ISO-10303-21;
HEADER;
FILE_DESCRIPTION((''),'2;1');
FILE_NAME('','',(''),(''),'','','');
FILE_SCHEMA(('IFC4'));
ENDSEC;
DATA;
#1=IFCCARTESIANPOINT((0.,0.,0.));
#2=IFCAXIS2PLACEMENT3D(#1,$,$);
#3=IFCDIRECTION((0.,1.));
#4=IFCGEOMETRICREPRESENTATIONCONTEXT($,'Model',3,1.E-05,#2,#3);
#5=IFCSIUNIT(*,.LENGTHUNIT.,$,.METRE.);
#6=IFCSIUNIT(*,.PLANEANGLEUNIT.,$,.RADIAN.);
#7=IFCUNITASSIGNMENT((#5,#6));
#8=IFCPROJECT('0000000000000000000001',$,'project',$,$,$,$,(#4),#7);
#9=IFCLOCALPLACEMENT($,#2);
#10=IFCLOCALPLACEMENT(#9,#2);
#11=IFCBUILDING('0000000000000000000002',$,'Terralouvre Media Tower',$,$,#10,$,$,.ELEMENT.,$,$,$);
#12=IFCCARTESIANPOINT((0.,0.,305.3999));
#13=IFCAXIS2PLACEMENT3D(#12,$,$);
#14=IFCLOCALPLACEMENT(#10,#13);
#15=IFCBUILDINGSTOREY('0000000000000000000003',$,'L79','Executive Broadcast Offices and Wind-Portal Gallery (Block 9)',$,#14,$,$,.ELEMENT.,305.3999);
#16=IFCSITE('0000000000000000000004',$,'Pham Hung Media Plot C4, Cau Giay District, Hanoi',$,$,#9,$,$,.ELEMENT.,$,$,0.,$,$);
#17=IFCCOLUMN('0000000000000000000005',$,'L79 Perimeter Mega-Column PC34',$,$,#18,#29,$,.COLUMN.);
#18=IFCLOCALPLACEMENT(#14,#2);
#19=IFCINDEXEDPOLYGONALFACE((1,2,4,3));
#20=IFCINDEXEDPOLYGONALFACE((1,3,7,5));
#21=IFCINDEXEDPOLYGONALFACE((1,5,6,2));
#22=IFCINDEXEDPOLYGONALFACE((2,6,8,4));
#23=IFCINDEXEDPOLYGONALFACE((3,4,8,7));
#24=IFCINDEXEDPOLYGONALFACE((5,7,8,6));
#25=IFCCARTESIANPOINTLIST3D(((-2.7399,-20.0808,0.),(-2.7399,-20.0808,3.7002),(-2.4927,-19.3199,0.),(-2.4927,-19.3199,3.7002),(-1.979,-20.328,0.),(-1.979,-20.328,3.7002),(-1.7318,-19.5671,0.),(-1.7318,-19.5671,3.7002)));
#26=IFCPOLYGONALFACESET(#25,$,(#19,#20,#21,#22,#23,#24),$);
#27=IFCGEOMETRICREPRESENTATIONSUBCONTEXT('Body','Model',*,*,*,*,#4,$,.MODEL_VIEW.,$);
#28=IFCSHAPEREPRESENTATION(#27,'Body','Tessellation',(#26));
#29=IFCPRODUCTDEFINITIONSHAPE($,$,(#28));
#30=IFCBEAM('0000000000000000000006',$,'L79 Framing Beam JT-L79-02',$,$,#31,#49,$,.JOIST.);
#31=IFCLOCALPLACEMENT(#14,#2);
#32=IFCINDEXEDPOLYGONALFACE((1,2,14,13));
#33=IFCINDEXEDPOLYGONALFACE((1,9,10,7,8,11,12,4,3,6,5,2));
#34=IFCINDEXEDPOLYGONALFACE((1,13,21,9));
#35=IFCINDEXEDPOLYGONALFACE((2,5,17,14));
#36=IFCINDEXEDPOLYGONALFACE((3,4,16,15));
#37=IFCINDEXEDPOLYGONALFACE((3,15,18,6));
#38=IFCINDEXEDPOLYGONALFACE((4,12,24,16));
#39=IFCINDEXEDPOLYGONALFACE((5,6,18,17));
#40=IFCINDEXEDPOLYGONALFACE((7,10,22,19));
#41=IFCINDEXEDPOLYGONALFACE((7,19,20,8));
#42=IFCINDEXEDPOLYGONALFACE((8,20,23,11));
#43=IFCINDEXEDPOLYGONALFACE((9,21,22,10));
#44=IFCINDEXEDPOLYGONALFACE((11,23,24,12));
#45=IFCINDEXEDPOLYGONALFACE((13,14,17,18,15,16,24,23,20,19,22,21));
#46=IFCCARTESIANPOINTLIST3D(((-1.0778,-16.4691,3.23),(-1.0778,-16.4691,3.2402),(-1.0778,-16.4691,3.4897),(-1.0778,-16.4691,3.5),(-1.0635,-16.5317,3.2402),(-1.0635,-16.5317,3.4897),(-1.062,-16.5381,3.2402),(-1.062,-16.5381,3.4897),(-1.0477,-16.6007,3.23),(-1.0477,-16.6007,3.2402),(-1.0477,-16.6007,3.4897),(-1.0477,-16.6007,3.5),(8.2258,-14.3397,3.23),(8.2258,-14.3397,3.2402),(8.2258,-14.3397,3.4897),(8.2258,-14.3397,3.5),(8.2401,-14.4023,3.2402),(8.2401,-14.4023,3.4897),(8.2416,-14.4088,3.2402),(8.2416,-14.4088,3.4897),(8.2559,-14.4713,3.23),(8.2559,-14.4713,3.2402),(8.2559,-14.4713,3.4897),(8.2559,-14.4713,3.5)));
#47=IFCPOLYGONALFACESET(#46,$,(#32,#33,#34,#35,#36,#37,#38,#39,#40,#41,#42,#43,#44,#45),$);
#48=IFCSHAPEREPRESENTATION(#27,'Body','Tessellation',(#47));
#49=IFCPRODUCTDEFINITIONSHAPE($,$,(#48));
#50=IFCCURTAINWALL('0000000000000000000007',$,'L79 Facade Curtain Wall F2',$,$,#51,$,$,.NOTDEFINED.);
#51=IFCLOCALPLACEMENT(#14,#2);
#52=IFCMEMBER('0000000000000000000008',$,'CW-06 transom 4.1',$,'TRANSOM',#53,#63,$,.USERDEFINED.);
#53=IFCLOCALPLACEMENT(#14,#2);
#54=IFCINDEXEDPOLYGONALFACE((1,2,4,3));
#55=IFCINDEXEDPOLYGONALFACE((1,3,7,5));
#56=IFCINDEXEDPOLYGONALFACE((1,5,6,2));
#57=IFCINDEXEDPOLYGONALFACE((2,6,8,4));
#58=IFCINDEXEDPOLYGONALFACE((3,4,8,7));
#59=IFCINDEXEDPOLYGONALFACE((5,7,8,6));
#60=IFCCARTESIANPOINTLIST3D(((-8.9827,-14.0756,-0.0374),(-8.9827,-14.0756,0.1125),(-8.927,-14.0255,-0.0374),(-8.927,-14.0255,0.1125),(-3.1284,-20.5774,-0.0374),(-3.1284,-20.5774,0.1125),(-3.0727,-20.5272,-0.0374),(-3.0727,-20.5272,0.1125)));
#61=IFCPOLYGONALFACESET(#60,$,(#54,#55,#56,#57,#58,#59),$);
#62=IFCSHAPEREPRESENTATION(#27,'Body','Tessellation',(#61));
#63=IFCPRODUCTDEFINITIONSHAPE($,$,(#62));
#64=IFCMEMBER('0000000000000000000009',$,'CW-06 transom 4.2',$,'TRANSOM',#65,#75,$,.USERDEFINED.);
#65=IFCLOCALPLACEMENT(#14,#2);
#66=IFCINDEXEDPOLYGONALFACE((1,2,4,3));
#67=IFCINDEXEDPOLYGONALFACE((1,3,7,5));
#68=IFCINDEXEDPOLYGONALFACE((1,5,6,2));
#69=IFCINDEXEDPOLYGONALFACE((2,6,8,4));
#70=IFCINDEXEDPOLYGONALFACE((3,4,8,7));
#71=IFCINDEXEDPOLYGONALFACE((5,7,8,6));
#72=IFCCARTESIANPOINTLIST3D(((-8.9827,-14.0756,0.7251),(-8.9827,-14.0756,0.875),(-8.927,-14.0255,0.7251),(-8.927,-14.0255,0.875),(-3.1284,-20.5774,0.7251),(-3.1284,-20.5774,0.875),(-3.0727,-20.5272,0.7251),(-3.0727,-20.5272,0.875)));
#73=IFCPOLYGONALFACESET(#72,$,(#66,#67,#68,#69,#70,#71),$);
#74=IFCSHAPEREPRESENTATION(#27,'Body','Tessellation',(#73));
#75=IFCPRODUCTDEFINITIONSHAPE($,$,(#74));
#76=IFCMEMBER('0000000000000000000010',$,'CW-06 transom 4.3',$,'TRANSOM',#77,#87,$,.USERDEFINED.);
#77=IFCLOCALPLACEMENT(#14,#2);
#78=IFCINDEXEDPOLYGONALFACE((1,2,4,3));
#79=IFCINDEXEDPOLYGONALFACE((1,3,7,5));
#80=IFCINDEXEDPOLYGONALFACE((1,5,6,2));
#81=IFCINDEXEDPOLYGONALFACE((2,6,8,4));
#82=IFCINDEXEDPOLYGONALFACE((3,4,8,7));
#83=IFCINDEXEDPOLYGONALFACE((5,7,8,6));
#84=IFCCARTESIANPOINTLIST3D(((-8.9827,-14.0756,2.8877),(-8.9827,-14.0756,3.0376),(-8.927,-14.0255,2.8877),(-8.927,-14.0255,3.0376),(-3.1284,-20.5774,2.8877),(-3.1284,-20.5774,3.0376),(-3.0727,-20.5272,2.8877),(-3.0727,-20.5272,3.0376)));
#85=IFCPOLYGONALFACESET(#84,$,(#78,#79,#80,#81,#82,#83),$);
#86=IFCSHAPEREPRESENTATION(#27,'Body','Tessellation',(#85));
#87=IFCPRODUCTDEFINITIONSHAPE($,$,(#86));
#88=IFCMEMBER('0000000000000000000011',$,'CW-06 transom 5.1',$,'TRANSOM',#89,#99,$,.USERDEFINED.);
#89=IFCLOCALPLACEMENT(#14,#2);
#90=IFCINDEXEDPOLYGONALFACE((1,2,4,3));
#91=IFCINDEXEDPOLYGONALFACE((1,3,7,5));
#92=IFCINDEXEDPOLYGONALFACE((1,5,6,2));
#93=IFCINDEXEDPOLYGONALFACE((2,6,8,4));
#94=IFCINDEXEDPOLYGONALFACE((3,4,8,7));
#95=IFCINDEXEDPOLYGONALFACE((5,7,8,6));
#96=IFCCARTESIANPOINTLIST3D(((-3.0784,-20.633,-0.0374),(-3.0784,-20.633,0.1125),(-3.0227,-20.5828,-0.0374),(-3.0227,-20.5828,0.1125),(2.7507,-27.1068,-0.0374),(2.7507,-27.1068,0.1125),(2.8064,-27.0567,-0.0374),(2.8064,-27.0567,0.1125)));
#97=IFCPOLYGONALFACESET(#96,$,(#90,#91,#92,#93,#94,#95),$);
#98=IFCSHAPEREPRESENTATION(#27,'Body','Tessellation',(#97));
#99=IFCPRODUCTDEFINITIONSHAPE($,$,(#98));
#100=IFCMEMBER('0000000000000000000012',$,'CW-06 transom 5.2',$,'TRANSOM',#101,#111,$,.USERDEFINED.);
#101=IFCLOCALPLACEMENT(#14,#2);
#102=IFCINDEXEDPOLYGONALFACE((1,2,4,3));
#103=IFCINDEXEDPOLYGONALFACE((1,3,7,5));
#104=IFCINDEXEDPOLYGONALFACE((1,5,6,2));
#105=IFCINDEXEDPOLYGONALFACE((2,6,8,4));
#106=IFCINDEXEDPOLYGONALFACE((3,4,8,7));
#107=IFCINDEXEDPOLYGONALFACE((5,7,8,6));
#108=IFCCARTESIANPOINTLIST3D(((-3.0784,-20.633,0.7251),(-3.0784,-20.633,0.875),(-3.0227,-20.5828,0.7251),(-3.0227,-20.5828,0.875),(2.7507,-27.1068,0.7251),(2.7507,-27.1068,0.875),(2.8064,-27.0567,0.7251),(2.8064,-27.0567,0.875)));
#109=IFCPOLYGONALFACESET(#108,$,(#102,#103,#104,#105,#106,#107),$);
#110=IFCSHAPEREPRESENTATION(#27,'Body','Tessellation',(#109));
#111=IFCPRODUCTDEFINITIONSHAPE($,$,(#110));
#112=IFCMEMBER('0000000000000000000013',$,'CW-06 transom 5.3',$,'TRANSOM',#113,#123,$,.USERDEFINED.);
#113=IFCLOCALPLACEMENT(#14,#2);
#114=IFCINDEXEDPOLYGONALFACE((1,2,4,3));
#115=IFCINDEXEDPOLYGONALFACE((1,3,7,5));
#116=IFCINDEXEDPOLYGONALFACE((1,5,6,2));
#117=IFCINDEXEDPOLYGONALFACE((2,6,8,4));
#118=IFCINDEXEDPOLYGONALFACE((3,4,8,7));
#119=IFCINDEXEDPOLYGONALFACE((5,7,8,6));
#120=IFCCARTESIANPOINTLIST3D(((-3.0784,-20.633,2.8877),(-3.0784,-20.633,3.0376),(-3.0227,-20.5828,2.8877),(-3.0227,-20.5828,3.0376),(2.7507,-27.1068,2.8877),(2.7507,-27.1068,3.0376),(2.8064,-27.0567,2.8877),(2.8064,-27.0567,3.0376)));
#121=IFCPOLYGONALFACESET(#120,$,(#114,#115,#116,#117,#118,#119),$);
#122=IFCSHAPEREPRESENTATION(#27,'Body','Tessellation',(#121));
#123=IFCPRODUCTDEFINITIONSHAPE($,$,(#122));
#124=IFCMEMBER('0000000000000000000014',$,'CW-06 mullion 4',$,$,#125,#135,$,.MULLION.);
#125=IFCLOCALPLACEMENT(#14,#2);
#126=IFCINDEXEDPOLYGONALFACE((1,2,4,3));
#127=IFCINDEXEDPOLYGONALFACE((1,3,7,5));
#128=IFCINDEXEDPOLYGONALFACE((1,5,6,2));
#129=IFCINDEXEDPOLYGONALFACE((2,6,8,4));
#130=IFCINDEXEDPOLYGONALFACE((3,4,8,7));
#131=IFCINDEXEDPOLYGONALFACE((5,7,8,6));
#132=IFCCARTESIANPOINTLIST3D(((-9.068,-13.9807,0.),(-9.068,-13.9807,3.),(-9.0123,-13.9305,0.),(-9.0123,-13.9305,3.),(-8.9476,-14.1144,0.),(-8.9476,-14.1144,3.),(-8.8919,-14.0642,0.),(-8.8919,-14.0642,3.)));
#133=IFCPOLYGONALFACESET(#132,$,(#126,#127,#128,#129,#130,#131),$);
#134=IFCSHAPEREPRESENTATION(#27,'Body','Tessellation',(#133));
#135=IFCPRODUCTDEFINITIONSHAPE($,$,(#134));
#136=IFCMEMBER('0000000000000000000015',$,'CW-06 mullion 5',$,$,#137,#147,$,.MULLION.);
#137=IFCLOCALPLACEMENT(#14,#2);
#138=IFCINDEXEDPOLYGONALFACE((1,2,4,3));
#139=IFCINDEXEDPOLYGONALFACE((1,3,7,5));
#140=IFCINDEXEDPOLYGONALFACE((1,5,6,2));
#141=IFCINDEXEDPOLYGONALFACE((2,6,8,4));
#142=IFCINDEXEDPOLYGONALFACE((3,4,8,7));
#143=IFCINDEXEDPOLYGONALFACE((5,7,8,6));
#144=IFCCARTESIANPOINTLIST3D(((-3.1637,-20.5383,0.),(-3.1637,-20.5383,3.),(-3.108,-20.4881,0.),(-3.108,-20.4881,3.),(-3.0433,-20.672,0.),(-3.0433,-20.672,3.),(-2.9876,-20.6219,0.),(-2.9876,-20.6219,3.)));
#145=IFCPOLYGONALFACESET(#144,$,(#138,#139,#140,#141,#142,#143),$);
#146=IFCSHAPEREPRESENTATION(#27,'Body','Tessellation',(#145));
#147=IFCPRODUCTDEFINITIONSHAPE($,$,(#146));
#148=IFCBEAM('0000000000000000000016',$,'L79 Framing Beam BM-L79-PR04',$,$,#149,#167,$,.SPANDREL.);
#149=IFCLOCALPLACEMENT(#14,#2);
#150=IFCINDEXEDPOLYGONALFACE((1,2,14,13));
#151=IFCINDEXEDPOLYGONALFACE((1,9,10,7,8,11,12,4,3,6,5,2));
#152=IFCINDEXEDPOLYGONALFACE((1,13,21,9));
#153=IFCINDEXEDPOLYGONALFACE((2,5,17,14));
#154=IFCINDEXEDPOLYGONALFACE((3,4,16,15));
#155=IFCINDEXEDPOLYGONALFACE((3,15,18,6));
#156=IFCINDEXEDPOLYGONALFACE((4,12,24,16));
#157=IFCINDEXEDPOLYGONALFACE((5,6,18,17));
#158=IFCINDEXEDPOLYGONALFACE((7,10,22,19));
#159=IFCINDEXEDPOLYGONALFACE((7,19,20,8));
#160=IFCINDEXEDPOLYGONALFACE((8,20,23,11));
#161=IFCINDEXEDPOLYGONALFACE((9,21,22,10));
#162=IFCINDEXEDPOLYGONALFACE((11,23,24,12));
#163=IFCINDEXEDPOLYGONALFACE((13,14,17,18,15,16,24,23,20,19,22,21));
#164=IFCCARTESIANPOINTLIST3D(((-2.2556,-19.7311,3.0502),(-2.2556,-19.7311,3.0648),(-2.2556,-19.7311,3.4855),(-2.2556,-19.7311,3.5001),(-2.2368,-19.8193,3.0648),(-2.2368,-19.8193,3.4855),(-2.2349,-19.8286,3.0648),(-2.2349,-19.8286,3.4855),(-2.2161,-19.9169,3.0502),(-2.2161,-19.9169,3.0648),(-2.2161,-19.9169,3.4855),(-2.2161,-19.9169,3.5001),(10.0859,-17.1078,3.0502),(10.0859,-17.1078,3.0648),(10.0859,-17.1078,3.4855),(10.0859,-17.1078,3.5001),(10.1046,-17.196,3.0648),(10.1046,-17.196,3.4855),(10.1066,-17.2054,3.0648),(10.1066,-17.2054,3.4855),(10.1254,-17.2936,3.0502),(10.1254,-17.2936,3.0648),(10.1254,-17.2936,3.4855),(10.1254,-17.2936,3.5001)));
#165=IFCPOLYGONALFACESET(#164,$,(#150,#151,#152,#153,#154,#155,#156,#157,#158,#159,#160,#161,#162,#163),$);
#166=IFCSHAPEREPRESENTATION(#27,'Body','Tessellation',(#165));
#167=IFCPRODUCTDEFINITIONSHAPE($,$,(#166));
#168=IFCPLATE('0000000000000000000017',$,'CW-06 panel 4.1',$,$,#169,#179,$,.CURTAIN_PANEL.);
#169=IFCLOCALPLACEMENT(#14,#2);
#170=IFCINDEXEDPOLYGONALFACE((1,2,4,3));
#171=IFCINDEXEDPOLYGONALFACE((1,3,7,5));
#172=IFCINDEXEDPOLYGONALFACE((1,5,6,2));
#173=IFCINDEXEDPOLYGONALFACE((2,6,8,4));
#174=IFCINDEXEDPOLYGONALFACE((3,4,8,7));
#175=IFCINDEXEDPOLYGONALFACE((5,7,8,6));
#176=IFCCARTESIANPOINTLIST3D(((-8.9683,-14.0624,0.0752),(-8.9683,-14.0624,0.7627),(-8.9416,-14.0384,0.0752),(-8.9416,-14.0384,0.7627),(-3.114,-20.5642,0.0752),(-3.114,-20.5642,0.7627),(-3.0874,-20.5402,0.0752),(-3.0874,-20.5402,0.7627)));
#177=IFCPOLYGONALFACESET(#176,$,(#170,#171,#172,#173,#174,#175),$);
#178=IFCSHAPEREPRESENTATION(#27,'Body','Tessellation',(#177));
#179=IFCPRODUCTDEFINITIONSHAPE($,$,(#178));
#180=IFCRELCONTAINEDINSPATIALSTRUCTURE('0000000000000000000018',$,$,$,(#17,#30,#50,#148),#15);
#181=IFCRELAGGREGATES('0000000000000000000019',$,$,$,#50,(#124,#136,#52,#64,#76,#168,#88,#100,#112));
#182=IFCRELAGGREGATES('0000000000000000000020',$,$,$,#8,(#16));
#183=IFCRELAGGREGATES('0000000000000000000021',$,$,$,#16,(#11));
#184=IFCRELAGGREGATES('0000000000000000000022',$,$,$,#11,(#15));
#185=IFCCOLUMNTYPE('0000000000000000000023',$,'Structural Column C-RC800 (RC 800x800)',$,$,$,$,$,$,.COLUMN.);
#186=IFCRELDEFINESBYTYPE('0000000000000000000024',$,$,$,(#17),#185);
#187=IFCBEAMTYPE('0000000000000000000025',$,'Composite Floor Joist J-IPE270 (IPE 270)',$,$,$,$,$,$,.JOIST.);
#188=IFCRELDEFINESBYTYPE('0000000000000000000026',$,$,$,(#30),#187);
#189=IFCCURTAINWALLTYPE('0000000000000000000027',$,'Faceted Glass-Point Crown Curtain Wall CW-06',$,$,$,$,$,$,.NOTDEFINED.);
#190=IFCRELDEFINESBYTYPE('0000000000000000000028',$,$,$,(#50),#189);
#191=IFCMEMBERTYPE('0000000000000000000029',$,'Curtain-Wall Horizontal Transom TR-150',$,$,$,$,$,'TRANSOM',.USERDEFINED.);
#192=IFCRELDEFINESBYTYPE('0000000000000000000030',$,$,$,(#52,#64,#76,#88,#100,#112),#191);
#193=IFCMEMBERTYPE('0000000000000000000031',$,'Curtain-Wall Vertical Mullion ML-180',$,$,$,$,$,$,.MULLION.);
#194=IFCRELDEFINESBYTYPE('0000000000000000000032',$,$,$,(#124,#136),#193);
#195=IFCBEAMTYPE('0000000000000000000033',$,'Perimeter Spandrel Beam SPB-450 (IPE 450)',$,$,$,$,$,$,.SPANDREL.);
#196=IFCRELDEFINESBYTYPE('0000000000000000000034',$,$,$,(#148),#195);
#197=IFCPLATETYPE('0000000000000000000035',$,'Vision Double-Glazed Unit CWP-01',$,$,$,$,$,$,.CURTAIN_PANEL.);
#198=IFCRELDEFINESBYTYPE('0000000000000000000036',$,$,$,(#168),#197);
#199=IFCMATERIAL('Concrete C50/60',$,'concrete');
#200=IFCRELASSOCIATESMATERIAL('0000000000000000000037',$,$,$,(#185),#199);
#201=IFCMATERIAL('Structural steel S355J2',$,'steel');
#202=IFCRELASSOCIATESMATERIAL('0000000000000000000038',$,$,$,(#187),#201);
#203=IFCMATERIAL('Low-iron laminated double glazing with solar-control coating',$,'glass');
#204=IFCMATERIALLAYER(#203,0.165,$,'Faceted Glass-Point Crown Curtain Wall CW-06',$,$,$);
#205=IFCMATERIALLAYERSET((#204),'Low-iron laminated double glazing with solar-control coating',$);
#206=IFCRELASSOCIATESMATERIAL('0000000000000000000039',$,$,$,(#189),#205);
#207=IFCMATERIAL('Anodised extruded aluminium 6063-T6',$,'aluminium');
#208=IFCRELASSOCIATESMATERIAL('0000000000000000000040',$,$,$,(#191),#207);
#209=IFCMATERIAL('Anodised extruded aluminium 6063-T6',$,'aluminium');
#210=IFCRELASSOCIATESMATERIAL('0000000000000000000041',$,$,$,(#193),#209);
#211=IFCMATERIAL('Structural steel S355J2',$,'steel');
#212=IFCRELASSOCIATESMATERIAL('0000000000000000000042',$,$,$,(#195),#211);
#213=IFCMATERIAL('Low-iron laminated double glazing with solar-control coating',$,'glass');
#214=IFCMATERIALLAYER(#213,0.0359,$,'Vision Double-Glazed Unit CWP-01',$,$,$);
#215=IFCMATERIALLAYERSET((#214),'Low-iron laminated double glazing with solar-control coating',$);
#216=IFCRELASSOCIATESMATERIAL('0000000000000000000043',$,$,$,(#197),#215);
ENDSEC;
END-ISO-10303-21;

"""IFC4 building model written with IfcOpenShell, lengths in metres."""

from ifc_helpers import new_model, si_unit, direction, frame, origin, origin_2d, place, context, subcontext, project, spatial, rectangle, i_section, extrude, material, layer, layer_set, material_profile, profile_set, type_object, element, aggregate, save


model = new_model("IFC4")

# Units and contexts
model_context = context("Model", 3, precision=1e-05, world=origin(), true_north=direction((0.0, 1.0)))
body_context = subcontext(model_context, "Body", "Model", "MODEL_VIEW")
ifc_project = project(units=[si_unit("LENGTHUNIT", "METRE"), si_unit("PLANEANGLEUNIT", "RADIAN")], contexts=[model_context])

# Site, building, storey
site_placement = place(None, origin())
site = spatial("IfcSite", under=ifc_project, at=site_placement, Name="Pham Hung Media Plot C4, Cau Giay District, Hanoi", CompositionType="ELEMENT", RefElevation=0.0)
building_placement = place(site_placement, origin())
building = spatial("IfcBuilding", under=site, at=building_placement, Name="Terralouvre Media Tower", CompositionType="ELEMENT")
storey_placement = place(building_placement, frame((0.0, 0.0, 305.3999)))
storey = spatial("IfcBuildingStorey", under=building, at=storey_placement, Name="L79", Description="Executive Broadcast Offices and Wind-Portal Gallery (Block 9)", CompositionType="ELEMENT", Elevation=305.3999)

# Column
ifc_material_1 = material(Name="Concrete C50/60", Category="concrete")
ifc_material_profile_1 = material_profile(ifc_material_1, rectangle(XDim=0.8, YDim=0.8, at=origin_2d()), Name="RC 800x800")
ifc_profile_set_1 = profile_set([ifc_material_profile_1], Name="Concrete C50/60")
column_type = type_object("IfcColumnType", Name="Structural Column C-RC800 (RC 800x800)", PredefinedType="COLUMN", material=ifc_profile_set_1)
column_placement = place(storey_placement, frame((-2.2358, -19.824, 0.0), z_axis=(0.0, 0.0, 1.0), x_axis=(0.309017, 0.951057, 0.0)))
element("IfcColumn", 1, at=column_placement, inside=storey, type_object=column_type, Name="L79 Perimeter Mega-Column PC34", PredefinedType="COLUMN", context=body_context, shape_type="SweptSolid", body=[
    extrude(rectangle(XDim=0.8, YDim=0.8, at=origin_2d()), origin(), (0.0, 0.0, 1.0), 3.7002),
])

# Beam
ifc_material_2 = material(Name="Structural steel S355J2", Category="steel")
ifc_material_profile_2 = material_profile(ifc_material_2, i_section(OverallWidth=0.135, OverallDepth=0.27, WebThickness=0.0066, FlangeThickness=0.0103, at=origin_2d()), Name="IPE 270")
ifc_profile_set_2 = profile_set([ifc_material_profile_2], Name="Structural steel S355J2")
beam_type_1 = type_object("IfcBeamType", Name="Composite Floor Joist J-IPE270 (IPE 270)", PredefinedType="JOIST", material=ifc_profile_set_2)
beam_1_placement = place(storey_placement, frame((-1.0627, -16.5349, 3.365), z_axis=(0.974794, 0.223107, 0.0), x_axis=(-0.223107, 0.974794, 0.0)))
element("IfcBeam", 2, at=beam_1_placement, inside=storey, type_object=beam_type_1, Name="L79 Framing Beam JT-L79-02", PredefinedType="JOIST", context=body_context, shape_type="SweptSolid", body=[
    extrude(i_section(OverallWidth=0.135, OverallDepth=0.27, WebThickness=0.0066, FlangeThickness=0.0103, at=origin_2d()), origin(), (0.0, 0.0, 1.0), 9.5442),
])

# Curtain wall, members
ifc_material_3 = material(Name="Low-iron laminated double glazing with solar-control coating", Category="glass")
ifc_layer_1 = layer(ifc_material_3, 0.165, Name="Faceted Glass-Point Crown Curtain Wall CW-06")
ifc_layer_set_1 = layer_set([ifc_layer_1], Name="Low-iron laminated double glazing with solar-control coating")
curtain_wall_type = type_object("IfcCurtainWallType", Name="Faceted Glass-Point Crown Curtain Wall CW-06", PredefinedType="NOTDEFINED", material=ifc_layer_set_1)
curtain_wall_placement = place(storey_placement, origin())
curtain_wall = element("IfcCurtainWall", 3, at=curtain_wall_placement, inside=storey, type_object=curtain_wall_type, Name="L79 Facade Curtain Wall F2", PredefinedType="NOTDEFINED")
ifc_material_4 = material(Name="Anodised extruded aluminium 6063-T6", Category="aluminium")
ifc_material_profile_3 = material_profile(ifc_material_4, rectangle(XDim=0.075, YDim=0.1499, at=origin_2d()), Name="ALU 75x150")
ifc_profile_set_3 = profile_set([ifc_material_profile_3], Name="Anodised extruded aluminium 6063-T6")
member_type_1 = type_object("IfcMemberType", Name="Curtain-Wall Horizontal Transom TR-150", ElementType="TRANSOM", PredefinedType="USERDEFINED", material=ifc_profile_set_3)
member_1_placement = place(storey_placement, frame((-8.9548, -14.0505, 0.0376), z_axis=(0.669136, -0.74314, 0.0), x_axis=(0.74314, 0.669136, 0.0)))
member_1 = element("IfcMember", 4, at=member_1_placement, type_object=member_type_1, Name="CW-06 transom 4.1", ObjectType="TRANSOM", PredefinedType="USERDEFINED", context=body_context, shape_type="SweptSolid", body=[
    extrude(rectangle(XDim=0.075, YDim=0.1499, at=origin_2d()), origin(), (0.0, 0.0, 1.0), 8.749),
])
member_2_placement = place(storey_placement, frame((-8.9548, -14.0505, 0.8), z_axis=(0.669136, -0.74314, 0.0), x_axis=(0.74314, 0.669136, 0.0)))
member_2 = element("IfcMember", 5, at=member_2_placement, type_object=member_type_1, Name="CW-06 transom 4.2", ObjectType="TRANSOM", PredefinedType="USERDEFINED", context=body_context, shape_type="SweptSolid", body=[
    extrude(rectangle(XDim=0.075, YDim=0.1499, at=origin_2d()), origin(), (0.0, 0.0, 1.0), 8.749),
])
member_3_placement = place(storey_placement, frame((-8.9548, -14.0505, 2.9626), z_axis=(0.669136, -0.74314, 0.0), x_axis=(0.74314, 0.669136, 0.0)))
member_3 = element("IfcMember", 6, at=member_3_placement, type_object=member_type_1, Name="CW-06 transom 4.3", ObjectType="TRANSOM", PredefinedType="USERDEFINED", context=body_context, shape_type="SweptSolid", body=[
    extrude(rectangle(XDim=0.075, YDim=0.1499, at=origin_2d()), origin(), (0.0, 0.0, 1.0), 8.749),
])
member_4_placement = place(storey_placement, frame((-3.0505, -20.6079, 0.0376), z_axis=(0.66913, -0.743145, 0.0), x_axis=(0.743145, 0.66913, 0.0)))
member_4 = element("IfcMember", 7, at=member_4_placement, type_object=member_type_1, Name="CW-06 transom 5.1", ObjectType="TRANSOM", PredefinedType="USERDEFINED", context=body_context, shape_type="SweptSolid", body=[
    extrude(rectangle(XDim=0.075, YDim=0.1499, at=origin_2d()), origin(), (0.0, 0.0, 1.0), 8.7114),
])
member_5_placement = place(storey_placement, frame((-3.0505, -20.6079, 0.8), z_axis=(0.66913, -0.743145, 0.0), x_axis=(0.743145, 0.66913, 0.0)))
member_5 = element("IfcMember", 8, at=member_5_placement, type_object=member_type_1, Name="CW-06 transom 5.2", ObjectType="TRANSOM", PredefinedType="USERDEFINED", context=body_context, shape_type="SweptSolid", body=[
    extrude(rectangle(XDim=0.075, YDim=0.1499, at=origin_2d()), origin(), (0.0, 0.0, 1.0), 8.7114),
])
member_6_placement = place(storey_placement, frame((-3.0505, -20.6079, 2.9626), z_axis=(0.66913, -0.743145, 0.0), x_axis=(0.743145, 0.66913, 0.0)))
member_6 = element("IfcMember", 9, at=member_6_placement, type_object=member_type_1, Name="CW-06 transom 5.3", ObjectType="TRANSOM", PredefinedType="USERDEFINED", context=body_context, shape_type="SweptSolid", body=[
    extrude(rectangle(XDim=0.075, YDim=0.1499, at=origin_2d()), origin(), (0.0, 0.0, 1.0), 8.7114),
])
ifc_material_5 = material(Name="Anodised extruded aluminium 6063-T6", Category="aluminium")
ifc_material_profile_4 = material_profile(ifc_material_5, rectangle(XDim=0.075, YDim=0.1799, at=origin_2d()), Name="ALU 75x180")
ifc_profile_set_4 = profile_set([ifc_material_profile_4], Name="Anodised extruded aluminium 6063-T6")
member_type_2 = type_object("IfcMemberType", Name="Curtain-Wall Vertical Mullion ML-180", PredefinedType="MULLION", material=ifc_profile_set_4)
member_7_placement = place(storey_placement, frame((-8.98, -14.0225, 0.0), z_axis=(0.0, 0.0, 1.0), x_axis=(0.743145, 0.669131, 0.0)))
member_7 = element("IfcMember", 10, at=member_7_placement, type_object=member_type_2, Name="CW-06 mullion 4", PredefinedType="MULLION", context=body_context, shape_type="SweptSolid", body=[
    extrude(rectangle(XDim=0.075, YDim=0.1799, at=origin_2d()), origin(), (0.0, 0.0, 1.0), 3.0),
])
member_8_placement = place(storey_placement, frame((-3.0757, -20.5801, 0.0), z_axis=(0.0, 0.0, 1.0), x_axis=(0.743145, 0.669131, 0.0)))
member_8 = element("IfcMember", 11, at=member_8_placement, type_object=member_type_2, Name="CW-06 mullion 5", PredefinedType="MULLION", context=body_context, shape_type="SweptSolid", body=[
    extrude(rectangle(XDim=0.075, YDim=0.1799, at=origin_2d()), origin(), (0.0, 0.0, 1.0), 3.0),
])

# Beam
ifc_material_6 = material(Name="Structural steel S355J2", Category="steel")
ifc_material_profile_5 = material_profile(ifc_material_6, i_section(OverallWidth=0.1899, OverallDepth=0.45, WebThickness=0.0095, FlangeThickness=0.0146, at=origin_2d()), Name="IPE 450")
ifc_profile_set_5 = profile_set([ifc_material_profile_5], Name="Structural steel S355J2")
beam_type_2 = type_object("IfcBeamType", Name="Perimeter Spandrel Beam SPB-450 (IPE 450)", PredefinedType="SPANDREL", material=ifc_profile_set_5)
beam_2_placement = place(storey_placement, frame((-2.2358, -19.824, 3.2751), z_axis=(0.978147, 0.207913, 0.0), x_axis=(-0.207913, 0.978147, 0.0)))
element("IfcBeam", 12, at=beam_2_placement, inside=storey, type_object=beam_type_2, Name="L79 Framing Beam BM-L79-PR04", PredefinedType="SPANDREL", context=body_context, shape_type="SweptSolid", body=[
    extrude(i_section(OverallWidth=0.1899, OverallDepth=0.45, WebThickness=0.0095, FlangeThickness=0.0146, at=origin_2d()), origin(), (0.0, 0.0, 1.0), 12.6172),
])

# Plate
ifc_material_7 = material(Name="Low-iron laminated double glazing with solar-control coating", Category="glass")
ifc_layer_2 = layer(ifc_material_7, 0.0359, Name="Vision Double-Glazed Unit CWP-01")
ifc_layer_set_2 = layer_set([ifc_layer_2], Name="Low-iron laminated double glazing with solar-control coating")
plate_type = type_object("IfcPlateType", Name="Vision Double-Glazed Unit CWP-01", PredefinedType="CURTAIN_PANEL", material=ifc_layer_set_2)
plate_1_placement = place(storey_placement, frame((-6.0278, -17.3013, 0.0752), z_axis=(0.0, 0.0, 1.0), x_axis=(0.669131, -0.743145, 0.0)))
plate_1 = element("IfcPlate", 13, at=plate_1_placement, type_object=plate_type, Name="CW-06 panel 4.1", PredefinedType="CURTAIN_PANEL", context=body_context, shape_type="SweptSolid", body=[
    extrude(rectangle(XDim=8.749, YDim=0.0359, at=origin_2d()), origin(), (0.0, 0.0, 1.0), 0.6875),
])
aggregate(curtain_wall, [member_7, member_8, member_1, member_2, member_3, plate_1, member_4, member_5, member_6])

save(model, "model.ifc")
